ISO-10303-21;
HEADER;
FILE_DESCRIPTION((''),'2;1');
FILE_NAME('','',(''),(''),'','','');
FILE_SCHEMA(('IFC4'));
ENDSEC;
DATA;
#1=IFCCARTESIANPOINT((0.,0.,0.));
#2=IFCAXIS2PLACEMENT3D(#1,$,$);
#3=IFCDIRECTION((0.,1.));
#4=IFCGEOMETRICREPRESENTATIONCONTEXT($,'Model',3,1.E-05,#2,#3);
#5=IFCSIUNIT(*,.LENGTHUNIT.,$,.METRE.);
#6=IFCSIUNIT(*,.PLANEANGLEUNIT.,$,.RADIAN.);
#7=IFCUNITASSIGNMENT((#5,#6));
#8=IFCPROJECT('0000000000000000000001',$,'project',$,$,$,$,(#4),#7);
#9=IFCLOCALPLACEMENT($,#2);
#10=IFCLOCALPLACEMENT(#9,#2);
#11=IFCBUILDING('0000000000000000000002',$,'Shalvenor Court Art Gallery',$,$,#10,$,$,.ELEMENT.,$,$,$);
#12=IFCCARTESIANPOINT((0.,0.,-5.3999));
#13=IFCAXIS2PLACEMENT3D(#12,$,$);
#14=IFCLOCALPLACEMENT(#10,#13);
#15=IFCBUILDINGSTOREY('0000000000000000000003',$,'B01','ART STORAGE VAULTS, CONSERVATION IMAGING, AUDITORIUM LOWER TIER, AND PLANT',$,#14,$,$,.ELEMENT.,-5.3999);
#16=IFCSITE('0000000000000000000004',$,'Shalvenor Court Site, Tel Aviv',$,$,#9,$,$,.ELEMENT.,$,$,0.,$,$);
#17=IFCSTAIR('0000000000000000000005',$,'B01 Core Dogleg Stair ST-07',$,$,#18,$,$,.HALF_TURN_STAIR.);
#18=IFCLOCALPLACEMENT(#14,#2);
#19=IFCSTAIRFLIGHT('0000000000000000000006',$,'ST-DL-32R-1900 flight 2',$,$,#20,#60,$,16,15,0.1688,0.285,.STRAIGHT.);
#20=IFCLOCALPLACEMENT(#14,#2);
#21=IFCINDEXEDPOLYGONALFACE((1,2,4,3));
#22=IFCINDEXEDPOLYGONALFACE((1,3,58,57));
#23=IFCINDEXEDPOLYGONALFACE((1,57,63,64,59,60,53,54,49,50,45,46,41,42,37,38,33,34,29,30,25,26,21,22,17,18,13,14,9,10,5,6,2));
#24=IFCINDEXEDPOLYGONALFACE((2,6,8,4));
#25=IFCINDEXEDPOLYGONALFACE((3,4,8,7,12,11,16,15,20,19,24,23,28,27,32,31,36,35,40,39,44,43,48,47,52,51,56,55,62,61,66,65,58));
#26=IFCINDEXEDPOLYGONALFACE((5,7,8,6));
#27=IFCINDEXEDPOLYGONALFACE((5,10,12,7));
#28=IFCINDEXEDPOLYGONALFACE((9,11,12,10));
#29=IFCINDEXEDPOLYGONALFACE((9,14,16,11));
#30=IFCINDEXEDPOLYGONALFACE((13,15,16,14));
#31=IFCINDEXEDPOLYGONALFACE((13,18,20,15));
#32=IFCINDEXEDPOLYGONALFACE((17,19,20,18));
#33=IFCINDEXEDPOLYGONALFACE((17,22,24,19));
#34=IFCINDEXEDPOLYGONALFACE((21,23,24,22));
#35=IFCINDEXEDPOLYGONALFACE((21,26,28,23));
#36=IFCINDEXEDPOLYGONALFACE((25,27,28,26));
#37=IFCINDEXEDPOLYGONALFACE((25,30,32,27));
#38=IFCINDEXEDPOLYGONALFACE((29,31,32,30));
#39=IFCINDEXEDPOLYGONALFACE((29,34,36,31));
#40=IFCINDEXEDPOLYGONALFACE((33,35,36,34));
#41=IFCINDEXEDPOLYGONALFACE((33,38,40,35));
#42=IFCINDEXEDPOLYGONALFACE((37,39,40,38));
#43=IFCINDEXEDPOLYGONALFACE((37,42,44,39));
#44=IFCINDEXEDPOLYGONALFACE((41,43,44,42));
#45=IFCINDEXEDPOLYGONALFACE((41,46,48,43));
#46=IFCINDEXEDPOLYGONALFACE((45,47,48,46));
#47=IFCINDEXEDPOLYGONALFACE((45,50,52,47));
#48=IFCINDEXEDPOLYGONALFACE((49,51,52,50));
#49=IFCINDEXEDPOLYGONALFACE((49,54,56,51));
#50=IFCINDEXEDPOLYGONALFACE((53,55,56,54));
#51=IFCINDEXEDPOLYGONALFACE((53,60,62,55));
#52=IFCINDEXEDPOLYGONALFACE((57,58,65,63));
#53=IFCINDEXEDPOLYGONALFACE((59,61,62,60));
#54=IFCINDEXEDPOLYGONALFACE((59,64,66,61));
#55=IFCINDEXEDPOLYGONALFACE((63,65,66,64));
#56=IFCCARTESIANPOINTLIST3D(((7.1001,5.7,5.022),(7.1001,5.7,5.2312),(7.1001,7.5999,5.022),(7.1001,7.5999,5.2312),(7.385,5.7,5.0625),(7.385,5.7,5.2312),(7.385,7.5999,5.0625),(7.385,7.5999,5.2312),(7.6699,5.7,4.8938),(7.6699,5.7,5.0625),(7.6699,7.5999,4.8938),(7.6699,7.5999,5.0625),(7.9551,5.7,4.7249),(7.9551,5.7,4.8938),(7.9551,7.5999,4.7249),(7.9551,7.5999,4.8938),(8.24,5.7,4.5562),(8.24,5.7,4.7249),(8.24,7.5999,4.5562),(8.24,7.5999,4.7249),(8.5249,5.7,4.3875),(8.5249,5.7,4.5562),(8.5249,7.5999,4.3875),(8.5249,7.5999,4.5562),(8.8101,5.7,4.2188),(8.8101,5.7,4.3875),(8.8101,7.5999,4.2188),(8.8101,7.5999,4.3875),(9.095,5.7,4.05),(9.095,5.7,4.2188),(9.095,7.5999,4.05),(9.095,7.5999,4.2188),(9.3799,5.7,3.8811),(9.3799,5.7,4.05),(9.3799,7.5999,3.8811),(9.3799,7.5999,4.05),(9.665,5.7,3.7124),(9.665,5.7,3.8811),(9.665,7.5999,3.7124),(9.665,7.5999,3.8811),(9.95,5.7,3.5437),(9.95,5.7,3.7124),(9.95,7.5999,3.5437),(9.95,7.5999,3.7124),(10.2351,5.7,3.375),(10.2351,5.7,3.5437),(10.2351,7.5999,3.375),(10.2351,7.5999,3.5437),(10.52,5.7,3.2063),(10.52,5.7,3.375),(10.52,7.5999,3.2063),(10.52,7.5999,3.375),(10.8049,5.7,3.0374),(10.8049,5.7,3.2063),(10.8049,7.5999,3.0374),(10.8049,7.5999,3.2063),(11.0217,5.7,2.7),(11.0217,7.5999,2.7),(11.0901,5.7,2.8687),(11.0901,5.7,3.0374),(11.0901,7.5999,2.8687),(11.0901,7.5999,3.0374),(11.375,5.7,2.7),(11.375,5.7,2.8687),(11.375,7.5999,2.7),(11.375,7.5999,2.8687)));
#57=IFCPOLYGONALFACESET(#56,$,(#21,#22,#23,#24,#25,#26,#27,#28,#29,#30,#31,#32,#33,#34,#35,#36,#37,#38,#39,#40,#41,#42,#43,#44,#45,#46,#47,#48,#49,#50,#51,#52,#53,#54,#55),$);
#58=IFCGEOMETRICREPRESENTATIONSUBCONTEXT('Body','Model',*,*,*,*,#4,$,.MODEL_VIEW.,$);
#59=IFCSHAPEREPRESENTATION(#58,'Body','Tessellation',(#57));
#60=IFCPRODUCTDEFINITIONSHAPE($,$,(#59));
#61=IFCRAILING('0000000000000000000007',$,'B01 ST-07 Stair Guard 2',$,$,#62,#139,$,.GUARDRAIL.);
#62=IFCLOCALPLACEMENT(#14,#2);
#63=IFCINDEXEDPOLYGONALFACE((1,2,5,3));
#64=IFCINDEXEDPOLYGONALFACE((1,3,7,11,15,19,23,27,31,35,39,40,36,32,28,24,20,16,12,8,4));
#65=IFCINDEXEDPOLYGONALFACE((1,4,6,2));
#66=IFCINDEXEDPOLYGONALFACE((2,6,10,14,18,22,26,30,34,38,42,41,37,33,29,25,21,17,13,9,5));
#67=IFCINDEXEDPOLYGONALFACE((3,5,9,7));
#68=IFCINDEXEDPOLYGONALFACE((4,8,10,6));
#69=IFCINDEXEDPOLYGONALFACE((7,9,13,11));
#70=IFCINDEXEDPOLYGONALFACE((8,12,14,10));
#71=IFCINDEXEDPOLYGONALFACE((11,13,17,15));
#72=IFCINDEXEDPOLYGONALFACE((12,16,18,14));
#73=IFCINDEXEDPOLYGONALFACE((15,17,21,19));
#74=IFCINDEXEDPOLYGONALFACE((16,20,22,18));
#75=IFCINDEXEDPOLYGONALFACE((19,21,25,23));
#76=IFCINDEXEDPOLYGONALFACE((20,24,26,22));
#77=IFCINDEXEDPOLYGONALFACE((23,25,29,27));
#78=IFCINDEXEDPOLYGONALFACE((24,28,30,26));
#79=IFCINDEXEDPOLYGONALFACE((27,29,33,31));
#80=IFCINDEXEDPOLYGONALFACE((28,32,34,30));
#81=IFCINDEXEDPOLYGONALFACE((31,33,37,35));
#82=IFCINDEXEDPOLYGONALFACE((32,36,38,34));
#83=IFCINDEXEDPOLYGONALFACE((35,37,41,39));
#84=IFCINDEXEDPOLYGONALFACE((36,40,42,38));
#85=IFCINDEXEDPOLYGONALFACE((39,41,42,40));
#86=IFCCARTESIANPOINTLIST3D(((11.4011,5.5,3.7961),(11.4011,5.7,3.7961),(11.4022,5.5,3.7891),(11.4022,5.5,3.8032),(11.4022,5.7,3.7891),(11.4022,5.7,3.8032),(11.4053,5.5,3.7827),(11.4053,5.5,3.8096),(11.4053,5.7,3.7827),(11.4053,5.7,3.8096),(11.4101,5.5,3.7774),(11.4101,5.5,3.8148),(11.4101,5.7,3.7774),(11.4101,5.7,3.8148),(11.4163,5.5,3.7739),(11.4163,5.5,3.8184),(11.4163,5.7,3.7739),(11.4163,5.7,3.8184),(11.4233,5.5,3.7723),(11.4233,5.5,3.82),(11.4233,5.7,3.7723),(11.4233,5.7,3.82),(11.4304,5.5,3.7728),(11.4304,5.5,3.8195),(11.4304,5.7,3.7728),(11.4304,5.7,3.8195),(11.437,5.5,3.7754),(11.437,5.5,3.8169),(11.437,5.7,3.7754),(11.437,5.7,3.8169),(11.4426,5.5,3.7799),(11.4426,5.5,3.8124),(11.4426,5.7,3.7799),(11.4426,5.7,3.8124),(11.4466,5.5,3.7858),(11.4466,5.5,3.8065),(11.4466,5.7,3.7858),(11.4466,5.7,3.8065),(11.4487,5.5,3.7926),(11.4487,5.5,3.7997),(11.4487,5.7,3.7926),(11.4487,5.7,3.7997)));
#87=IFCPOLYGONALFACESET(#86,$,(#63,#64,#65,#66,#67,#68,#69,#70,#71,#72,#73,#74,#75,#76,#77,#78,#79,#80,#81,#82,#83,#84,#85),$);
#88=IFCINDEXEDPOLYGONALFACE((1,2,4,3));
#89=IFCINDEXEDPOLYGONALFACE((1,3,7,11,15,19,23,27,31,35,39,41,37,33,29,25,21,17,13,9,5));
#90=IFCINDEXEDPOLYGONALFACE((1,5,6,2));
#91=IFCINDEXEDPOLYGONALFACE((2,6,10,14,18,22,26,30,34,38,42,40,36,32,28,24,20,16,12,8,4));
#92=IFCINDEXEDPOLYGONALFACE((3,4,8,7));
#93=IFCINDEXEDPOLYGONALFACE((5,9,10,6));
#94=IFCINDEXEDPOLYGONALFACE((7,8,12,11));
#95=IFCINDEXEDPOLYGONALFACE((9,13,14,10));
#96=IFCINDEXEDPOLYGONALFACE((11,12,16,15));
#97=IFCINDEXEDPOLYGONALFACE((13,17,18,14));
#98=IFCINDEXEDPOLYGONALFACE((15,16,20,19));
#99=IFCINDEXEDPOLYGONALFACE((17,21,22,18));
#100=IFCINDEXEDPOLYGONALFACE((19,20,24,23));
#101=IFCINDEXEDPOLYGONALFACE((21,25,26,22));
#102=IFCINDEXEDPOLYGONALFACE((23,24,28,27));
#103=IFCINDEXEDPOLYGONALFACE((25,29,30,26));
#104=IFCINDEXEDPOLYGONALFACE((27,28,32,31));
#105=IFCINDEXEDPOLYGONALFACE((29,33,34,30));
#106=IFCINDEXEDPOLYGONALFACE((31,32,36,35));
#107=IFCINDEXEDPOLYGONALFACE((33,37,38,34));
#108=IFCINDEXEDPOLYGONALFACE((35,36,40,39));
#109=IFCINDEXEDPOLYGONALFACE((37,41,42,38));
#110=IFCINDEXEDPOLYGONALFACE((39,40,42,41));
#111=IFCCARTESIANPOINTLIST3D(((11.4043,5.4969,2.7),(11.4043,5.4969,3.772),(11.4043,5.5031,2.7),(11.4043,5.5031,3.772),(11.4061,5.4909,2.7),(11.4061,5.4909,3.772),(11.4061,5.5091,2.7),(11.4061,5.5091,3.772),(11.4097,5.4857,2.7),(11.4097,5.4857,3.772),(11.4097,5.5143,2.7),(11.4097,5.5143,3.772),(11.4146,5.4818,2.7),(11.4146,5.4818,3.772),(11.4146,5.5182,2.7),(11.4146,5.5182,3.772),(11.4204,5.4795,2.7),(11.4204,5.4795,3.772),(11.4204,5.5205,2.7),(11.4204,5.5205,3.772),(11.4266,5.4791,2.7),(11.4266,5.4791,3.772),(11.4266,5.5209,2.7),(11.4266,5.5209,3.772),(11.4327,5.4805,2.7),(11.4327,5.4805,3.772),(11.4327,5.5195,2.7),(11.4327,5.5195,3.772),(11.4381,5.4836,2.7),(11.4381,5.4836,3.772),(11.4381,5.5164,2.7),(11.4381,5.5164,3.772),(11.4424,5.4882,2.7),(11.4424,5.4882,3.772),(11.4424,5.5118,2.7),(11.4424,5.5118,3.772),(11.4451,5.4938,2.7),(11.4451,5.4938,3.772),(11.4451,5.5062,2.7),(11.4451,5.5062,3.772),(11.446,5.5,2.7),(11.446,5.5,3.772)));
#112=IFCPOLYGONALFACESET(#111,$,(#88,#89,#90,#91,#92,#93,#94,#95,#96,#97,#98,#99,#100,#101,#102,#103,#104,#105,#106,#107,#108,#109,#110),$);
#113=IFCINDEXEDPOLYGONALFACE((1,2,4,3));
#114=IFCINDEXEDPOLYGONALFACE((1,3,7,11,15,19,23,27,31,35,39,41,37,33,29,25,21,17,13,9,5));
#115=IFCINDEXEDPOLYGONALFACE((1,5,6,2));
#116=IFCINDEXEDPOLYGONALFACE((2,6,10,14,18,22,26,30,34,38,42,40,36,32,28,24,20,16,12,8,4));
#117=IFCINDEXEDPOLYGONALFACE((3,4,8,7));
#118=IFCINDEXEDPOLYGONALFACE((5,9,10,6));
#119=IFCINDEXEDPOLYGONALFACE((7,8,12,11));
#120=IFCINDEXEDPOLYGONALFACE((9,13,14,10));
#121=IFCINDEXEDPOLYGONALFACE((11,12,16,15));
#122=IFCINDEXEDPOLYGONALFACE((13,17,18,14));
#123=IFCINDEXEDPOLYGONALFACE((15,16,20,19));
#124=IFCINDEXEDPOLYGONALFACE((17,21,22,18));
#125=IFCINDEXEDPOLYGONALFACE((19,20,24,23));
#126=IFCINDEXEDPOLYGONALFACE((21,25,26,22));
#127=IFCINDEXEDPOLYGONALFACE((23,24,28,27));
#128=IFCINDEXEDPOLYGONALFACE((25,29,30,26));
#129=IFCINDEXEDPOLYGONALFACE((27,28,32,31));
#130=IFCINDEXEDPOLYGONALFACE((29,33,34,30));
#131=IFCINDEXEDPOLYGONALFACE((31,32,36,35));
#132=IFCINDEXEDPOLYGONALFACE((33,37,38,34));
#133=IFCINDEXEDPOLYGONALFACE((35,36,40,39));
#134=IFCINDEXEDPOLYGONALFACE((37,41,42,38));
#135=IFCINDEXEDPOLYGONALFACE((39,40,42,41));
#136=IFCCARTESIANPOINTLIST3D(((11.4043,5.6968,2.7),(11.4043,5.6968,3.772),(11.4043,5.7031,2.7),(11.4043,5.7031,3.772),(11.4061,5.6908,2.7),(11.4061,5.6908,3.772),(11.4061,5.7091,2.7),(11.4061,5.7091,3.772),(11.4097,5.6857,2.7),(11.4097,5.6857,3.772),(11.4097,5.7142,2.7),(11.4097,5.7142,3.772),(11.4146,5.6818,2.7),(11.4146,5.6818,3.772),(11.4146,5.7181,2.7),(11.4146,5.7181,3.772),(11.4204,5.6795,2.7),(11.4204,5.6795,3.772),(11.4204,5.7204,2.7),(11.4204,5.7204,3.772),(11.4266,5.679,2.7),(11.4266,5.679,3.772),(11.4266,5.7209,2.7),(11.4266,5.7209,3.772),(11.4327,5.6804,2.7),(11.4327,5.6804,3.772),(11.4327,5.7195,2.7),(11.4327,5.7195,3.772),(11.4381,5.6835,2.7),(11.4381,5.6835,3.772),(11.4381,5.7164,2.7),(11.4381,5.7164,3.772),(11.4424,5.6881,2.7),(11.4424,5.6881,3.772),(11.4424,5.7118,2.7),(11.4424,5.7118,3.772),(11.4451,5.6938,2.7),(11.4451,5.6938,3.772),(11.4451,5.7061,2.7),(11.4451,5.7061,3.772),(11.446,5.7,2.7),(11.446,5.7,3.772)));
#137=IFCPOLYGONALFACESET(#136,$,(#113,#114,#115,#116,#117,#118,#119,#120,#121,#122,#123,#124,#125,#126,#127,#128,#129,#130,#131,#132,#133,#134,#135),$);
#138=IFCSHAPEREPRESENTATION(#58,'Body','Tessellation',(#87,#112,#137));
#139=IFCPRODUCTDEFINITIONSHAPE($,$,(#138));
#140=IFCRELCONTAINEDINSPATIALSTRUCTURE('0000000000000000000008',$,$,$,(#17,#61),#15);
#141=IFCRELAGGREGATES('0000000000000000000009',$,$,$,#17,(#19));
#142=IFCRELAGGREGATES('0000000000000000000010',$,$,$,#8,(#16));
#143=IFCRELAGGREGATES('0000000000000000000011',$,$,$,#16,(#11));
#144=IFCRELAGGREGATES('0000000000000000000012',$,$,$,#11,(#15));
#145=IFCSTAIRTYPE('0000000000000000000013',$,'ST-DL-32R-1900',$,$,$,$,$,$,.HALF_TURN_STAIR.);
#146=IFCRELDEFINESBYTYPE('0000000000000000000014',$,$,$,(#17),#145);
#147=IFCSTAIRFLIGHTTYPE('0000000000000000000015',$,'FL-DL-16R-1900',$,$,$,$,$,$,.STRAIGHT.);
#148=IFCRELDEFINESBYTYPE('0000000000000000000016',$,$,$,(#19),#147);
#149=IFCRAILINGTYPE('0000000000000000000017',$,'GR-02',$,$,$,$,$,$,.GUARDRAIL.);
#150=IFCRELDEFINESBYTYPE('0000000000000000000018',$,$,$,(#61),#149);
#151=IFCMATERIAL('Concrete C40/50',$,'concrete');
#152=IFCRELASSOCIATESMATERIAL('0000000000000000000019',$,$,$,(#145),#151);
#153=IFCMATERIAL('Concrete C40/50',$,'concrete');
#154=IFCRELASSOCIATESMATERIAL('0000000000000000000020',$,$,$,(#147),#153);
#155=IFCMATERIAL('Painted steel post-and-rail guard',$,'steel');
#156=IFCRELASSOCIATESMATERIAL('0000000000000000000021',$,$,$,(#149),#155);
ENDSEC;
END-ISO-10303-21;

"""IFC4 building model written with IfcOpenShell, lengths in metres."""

from ifc_helpers import new_model, si_unit, direction, frame, origin, origin_2d, place, context, subcontext, project, spatial, polyline, circle, outline, extrude, material, type_object, element, aggregate, save


model = new_model("IFC4")

# Units and contexts
model_context = context("Model", 3, precision=1e-05, world=origin(), true_north=direction((0.0, 1.0)))
body_context = subcontext(model_context, "Body", "Model", "MODEL_VIEW")
ifc_project = project(units=[si_unit("LENGTHUNIT", "METRE"), si_unit("PLANEANGLEUNIT", "RADIAN")], contexts=[model_context])

# Site, building, storey
site_placement = place(None, origin())
site = spatial("IfcSite", under=ifc_project, at=site_placement, Name="Shalvenor Court Site, Tel Aviv", CompositionType="ELEMENT", RefElevation=0.0)
building_placement = place(site_placement, origin())
building = spatial("IfcBuilding", under=site, at=building_placement, Name="Shalvenor Court Art Gallery", CompositionType="ELEMENT")
storey_placement = place(building_placement, frame((0.0, 0.0, -5.3999)))
storey = spatial("IfcBuildingStorey", under=building, at=storey_placement, Name="B01", Description="ART STORAGE VAULTS, CONSERVATION IMAGING, AUDITORIUM LOWER TIER, AND PLANT", CompositionType="ELEMENT", Elevation=-5.3999)

# Stair, stair flight
ifc_material_1 = material(Name="Concrete C40/50", Category="concrete")
stair_type = type_object("IfcStairType", Name="ST-DL-32R-1900", PredefinedType="HALF_TURN_STAIR", material=ifc_material_1)
stair_placement = place(storey_placement, origin())
stair = element("IfcStair", 1, at=stair_placement, inside=storey, type_object=stair_type, Name="B01 Core Dogleg Stair ST-07", PredefinedType="HALF_TURN_STAIR")
ifc_material_2 = material(Name="Concrete C40/50", Category="concrete")
stair_flight_type = type_object("IfcStairFlightType", Name="FL-DL-16R-1900", PredefinedType="STRAIGHT", material=ifc_material_2)
stair_flight_placement = place(storey_placement, frame((11.375, 6.6499, 2.7), z_axis=(0.0, 0.0, 1.0), x_axis=(-1.0, 0.0, 0.0)))
stair_flight = element("IfcStairFlight", 2, at=stair_flight_placement, type_object=stair_flight_type, Name="ST-DL-32R-1900 flight 2", NumberOfRisers=16, NumberOfTreads=15, PredefinedType="STRAIGHT", RiserHeight=0.1688, TreadLength=0.285, context=body_context, shape_type="SweptSolid", body=[
    extrude(outline(polyline([(0.0, 0.0), (0.0, 0.1687), (0.2849, 0.1687), (0.2849, 0.3374), (0.5701, 0.3374), (0.5701, 0.5063), (0.855, 0.5063), (0.855, 0.675), (1.1399, 0.675), (1.1399, 0.8438), (1.425, 0.8438), (1.425, 1.0125), (1.71, 1.0125), (1.71, 1.1812), (1.9951, 1.1812), (1.9951, 1.3501), (2.28, 1.3501), (2.28, 1.5188), (2.5649, 1.5188), (2.5649, 1.6875), (2.8501, 1.6875), (2.8501, 1.8562), (3.135, 1.8562), (3.135, 2.0249), (3.4199, 2.0249), (3.4199, 2.1938), (3.7051, 2.1938), (3.7051, 2.3625), (3.99, 2.3625), (3.99, 2.5312), (4.2749, 2.5312), (4.2749, 2.7), (4.2749, 2.322), (0.3533, 0.0), (0.0, 0.0)])), frame((0.0, 0.95, 0.0), z_axis=(0.0, -1.0, 0.0), x_axis=(1.0, 0.0, 0.0)), (0.0, 0.0, 1.0), 1.8999),
])
aggregate(stair, [stair_flight])

# Railing
ifc_material_3 = material(Name="Painted steel post-and-rail guard", Category="steel")
railing_type_1 = type_object("IfcRailingType", Name="GR-02", PredefinedType="GUARDRAIL", material=ifc_material_3)
railing_1_placement = place(storey_placement, frame((11.425, 5.5, 2.7)))
element("IfcRailing", 3, at=railing_1_placement, inside=storey, type_object=railing_type_1, Name="B01 ST-07 Stair Guard 2", PredefinedType="GUARDRAIL", context=body_context, shape_type="SweptSolid", body=[
    extrude(circle(Radius=0.0239, at=origin_2d()), frame((0.0, 0.0, 1.0962), z_axis=(0.0, 1.0, 0.0), x_axis=(-1.0, 0.0, 0.0)), (0.0, 0.0, 1.0), 0.2),
    extrude(circle(Radius=0.021, at=origin_2d()), origin(), (0.0, 0.0, 1.0), 1.072),
    extrude(circle(Radius=0.021, at=origin_2d()), frame((0.0, 0.2, 0.0)), (0.0, 0.0, 1.0), 1.072),
])

save(model, "model.ifc")
